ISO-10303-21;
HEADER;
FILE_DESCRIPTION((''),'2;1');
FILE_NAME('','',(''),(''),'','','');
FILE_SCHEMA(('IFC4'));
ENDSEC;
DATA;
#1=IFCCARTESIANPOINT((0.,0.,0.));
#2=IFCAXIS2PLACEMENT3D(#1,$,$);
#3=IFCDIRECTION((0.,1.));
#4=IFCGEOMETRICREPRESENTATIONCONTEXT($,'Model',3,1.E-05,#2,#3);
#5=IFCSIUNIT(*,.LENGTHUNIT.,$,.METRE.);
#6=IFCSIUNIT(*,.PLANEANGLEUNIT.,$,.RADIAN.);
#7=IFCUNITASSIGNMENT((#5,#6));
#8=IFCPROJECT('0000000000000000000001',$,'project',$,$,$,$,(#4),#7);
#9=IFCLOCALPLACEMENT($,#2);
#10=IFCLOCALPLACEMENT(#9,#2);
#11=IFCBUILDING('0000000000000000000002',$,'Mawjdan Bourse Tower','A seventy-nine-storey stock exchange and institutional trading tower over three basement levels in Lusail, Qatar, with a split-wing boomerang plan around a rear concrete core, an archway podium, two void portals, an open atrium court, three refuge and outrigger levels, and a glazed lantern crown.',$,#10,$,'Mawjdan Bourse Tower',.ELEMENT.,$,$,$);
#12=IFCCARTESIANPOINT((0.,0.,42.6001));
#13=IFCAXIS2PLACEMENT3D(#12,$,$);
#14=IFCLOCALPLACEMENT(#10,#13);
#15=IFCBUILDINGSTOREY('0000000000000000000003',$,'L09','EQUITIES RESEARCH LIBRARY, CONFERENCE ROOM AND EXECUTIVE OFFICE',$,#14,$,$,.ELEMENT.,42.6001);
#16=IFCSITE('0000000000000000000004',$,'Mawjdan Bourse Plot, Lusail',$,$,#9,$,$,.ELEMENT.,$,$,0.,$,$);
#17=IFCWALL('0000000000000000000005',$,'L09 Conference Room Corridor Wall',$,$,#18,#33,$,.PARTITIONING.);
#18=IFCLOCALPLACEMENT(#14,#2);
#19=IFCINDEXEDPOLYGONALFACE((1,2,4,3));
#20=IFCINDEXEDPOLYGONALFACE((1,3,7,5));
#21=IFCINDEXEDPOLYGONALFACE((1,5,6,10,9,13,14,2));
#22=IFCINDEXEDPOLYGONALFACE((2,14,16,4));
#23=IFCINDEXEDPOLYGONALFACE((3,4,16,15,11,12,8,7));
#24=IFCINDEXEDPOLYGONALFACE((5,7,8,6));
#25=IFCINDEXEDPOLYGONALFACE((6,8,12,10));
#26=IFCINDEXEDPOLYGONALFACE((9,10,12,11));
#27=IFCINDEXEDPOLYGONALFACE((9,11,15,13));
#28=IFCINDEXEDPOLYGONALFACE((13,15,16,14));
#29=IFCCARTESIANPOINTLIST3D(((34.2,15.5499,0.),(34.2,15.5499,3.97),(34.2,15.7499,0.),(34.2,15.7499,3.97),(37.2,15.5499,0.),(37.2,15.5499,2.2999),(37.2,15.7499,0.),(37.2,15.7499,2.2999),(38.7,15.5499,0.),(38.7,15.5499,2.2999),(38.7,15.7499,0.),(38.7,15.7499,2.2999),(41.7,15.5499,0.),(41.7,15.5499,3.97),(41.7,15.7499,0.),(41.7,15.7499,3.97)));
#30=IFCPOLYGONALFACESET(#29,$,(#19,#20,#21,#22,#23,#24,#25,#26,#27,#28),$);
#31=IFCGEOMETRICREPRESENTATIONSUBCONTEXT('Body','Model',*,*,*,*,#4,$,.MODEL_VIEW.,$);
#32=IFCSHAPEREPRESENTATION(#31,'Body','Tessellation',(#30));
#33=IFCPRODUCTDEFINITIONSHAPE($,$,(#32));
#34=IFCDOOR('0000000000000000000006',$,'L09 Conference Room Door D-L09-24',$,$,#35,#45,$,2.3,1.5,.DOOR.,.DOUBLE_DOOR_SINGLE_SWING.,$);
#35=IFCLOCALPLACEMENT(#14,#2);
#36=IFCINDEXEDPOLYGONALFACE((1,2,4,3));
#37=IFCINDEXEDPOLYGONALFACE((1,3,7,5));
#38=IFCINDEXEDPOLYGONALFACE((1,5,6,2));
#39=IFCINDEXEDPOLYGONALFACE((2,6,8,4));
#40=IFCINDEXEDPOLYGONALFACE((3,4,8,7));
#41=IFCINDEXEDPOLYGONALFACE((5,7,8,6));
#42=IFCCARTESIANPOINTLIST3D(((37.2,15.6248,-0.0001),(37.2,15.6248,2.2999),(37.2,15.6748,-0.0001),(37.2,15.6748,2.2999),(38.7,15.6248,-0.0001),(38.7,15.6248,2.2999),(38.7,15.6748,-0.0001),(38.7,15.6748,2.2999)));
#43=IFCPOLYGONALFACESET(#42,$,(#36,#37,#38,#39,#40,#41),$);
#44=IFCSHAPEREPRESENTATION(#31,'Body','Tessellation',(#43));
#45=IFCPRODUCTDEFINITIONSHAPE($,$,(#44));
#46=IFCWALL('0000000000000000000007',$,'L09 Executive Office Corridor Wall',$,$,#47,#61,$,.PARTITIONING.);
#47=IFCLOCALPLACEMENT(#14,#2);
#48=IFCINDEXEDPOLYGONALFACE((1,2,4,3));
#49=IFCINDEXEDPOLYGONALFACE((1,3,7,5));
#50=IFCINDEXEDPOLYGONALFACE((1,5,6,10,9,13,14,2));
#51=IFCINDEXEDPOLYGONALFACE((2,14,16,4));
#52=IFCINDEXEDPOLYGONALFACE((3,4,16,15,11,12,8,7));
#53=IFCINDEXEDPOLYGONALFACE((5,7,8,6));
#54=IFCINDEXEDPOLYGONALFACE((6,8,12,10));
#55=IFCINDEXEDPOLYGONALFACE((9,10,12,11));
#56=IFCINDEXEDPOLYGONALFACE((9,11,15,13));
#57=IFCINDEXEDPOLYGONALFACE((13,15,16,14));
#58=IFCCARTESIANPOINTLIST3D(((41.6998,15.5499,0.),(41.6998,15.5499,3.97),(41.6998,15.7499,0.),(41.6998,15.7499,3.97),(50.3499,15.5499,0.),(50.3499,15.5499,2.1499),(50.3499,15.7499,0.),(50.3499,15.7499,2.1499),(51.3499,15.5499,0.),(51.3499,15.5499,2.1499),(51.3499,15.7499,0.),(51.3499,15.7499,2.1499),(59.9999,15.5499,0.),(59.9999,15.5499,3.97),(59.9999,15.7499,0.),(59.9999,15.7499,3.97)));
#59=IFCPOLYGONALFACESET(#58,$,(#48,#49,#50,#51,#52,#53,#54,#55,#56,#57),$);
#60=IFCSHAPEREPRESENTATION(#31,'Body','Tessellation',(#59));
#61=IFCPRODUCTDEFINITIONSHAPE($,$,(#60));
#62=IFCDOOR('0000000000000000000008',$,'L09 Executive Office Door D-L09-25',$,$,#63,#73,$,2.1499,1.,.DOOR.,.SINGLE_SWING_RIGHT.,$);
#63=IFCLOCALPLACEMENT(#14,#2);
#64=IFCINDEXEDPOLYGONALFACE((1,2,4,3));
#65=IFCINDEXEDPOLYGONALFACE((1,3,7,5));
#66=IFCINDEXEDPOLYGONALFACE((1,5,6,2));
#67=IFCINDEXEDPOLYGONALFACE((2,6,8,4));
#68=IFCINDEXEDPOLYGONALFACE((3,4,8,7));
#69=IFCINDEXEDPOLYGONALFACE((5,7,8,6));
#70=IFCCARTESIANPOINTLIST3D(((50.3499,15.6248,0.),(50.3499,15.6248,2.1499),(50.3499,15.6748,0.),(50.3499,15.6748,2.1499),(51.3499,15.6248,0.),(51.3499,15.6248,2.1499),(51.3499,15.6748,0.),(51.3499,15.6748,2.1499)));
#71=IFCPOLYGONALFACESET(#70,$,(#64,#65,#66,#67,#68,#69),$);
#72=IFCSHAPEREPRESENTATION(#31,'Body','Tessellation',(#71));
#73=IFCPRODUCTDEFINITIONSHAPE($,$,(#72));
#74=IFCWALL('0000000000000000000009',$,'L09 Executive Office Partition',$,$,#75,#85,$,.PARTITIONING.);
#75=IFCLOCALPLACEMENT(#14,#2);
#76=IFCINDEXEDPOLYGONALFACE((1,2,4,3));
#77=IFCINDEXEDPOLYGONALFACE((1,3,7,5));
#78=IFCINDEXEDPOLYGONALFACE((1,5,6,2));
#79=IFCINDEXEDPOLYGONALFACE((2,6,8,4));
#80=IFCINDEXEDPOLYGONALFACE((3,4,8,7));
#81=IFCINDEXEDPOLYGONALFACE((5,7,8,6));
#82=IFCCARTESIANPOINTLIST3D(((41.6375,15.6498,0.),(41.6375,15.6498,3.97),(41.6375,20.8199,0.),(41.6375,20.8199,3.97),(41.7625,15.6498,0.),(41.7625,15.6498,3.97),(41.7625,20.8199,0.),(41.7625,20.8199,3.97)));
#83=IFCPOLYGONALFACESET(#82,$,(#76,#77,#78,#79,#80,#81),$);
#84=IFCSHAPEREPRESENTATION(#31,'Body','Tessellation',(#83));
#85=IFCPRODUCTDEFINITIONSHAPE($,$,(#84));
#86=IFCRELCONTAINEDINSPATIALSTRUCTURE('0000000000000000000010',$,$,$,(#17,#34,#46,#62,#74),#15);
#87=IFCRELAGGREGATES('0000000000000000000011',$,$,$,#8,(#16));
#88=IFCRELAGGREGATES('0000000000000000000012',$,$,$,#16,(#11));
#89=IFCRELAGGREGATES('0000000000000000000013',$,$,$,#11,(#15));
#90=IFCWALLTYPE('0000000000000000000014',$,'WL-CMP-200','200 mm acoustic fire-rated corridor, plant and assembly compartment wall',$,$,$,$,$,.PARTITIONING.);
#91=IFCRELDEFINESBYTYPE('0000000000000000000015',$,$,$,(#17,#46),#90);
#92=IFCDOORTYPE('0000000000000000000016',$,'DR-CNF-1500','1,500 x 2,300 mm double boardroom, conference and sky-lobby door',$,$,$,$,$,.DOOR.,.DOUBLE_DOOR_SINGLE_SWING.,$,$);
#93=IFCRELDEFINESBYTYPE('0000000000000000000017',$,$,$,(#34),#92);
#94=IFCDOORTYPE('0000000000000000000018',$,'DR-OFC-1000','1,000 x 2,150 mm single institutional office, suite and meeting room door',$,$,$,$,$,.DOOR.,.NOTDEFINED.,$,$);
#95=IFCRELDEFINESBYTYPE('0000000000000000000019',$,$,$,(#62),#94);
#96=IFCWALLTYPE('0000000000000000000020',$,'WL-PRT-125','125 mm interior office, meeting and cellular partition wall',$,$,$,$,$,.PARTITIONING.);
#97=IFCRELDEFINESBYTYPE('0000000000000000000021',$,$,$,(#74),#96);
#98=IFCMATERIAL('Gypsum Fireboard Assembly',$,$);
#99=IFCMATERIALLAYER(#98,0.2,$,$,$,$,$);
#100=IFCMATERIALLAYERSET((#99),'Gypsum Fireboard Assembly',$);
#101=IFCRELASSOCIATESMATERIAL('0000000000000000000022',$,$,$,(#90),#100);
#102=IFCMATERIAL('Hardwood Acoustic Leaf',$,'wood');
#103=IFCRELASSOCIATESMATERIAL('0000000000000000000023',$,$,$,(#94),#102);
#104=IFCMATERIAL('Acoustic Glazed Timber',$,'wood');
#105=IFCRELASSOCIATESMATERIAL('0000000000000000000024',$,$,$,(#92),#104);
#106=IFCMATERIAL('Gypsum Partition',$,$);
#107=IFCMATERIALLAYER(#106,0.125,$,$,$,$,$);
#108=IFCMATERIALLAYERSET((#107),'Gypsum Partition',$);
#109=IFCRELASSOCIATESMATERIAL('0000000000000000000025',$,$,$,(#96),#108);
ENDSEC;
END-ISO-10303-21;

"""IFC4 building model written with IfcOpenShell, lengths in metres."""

from ifc_helpers import new_model, si_unit, direction, frame, frame_2d, origin, place, context, subcontext, project, spatial, rectangle, extrude, material, layer, layer_set, type_object, element, fill, save


model = new_model("IFC4")

# Units and contexts
model_context = context("Model", 3, precision=1e-05, world=origin(), true_north=direction((0.0, 1.0)))
body_context = subcontext(model_context, "Body", "Model", "MODEL_VIEW")
ifc_project = project(units=[si_unit("LENGTHUNIT", "METRE"), si_unit("PLANEANGLEUNIT", "RADIAN")], contexts=[model_context])

# Site, building, storey
site_placement = place(None, origin())
site = spatial("IfcSite", under=ifc_project, at=site_placement, Name="Mawjdan Bourse Plot, Lusail", CompositionType="ELEMENT", RefElevation=0.0)
building_placement = place(site_placement, origin())
building = spatial("IfcBuilding", under=site, at=building_placement, Name="Mawjdan Bourse Tower", Description="A seventy-nine-storey stock exchange and institutional trading tower over three basement levels in Lusail, Qatar, with a split-wing boomerang plan around a rear concrete core, an archway podium, two void portals, an open atrium court, three refuge and outrigger levels, and a glazed lantern crown.", LongName="Mawjdan Bourse Tower", CompositionType="ELEMENT")
storey_placement = place(building_placement, frame((0.0, 0.0, 42.6001)))
storey = spatial("IfcBuildingStorey", under=building, at=storey_placement, Name="L09", Description="EQUITIES RESEARCH LIBRARY, CONFERENCE ROOM AND EXECUTIVE OFFICE", CompositionType="ELEMENT", Elevation=42.6001)

# Walls, openings, doors
ifc_material_1 = material(Name="Gypsum Fireboard Assembly")
ifc_layer_1 = layer(ifc_material_1, 0.2)
ifc_layer_set_1 = layer_set([ifc_layer_1], Name="Gypsum Fireboard Assembly")
wall_type_1 = type_object("IfcWallType", Name="WL-CMP-200", Description="200 mm acoustic fire-rated corridor, plant and assembly compartment wall", PredefinedType="PARTITIONING", material=ifc_layer_set_1)
ifc_material_2 = material(Name="Hardwood Acoustic Leaf", Category="wood")
door_type_1 = type_object("IfcDoorType", Name="DR-OFC-1000", Description="1,000 x 2,150 mm single institutional office, suite and meeting room door", OperationType="NOTDEFINED", PredefinedType="DOOR", material=ifc_material_2)
wall_1_placement = place(storey_placement, frame((34.2, 15.6499, 0.0), z_axis=(0.0, 0.0, 1.0), x_axis=(1.0, 0.0, 0.0)))
wall_1 = element("IfcWall", 1, at=wall_1_placement, inside=storey, type_object=wall_type_1, Name="L09 Conference Room Corridor Wall", PredefinedType="PARTITIONING", context=body_context, shape_type="SweptSolid", body=[
    extrude(rectangle(XDim=7.5, YDim=0.2, at=frame_2d((3.75, 0.0))), origin(), (0.0, 0.0, 1.0), 3.97),
])
opening_1_placement = place(wall_1_placement, frame((3.0, 0.0, 0.0)))
opening_1 = element("IfcOpeningElement", 2, at=opening_1_placement, cuts=wall_1, PredefinedType="OPENING", context=body_context, shape_type="SweptSolid", body=[
    extrude(rectangle(XDim=1.5, YDim=2.3, at=frame_2d((0.75, 1.1499))), frame((0.0, 0.1099, 0.0), z_axis=(0.0, -1.0, 0.0), x_axis=(1.0, 0.0, 0.0)), (0.0, 0.0, 1.0), 0.22),
])
ifc_material_3 = material(Name="Acoustic Glazed Timber", Category="wood")
door_type_2 = type_object("IfcDoorType", Name="DR-CNF-1500", Description="1,500 x 2,300 mm double boardroom, conference and sky-lobby door", OperationType="DOUBLE_DOOR_SINGLE_SWING", PredefinedType="DOOR", material=ifc_material_3)
door_1_placement = place(opening_1_placement, origin())
door_1 = element("IfcDoor", 3, at=door_1_placement, inside=storey, type_object=door_type_2, Name="L09 Conference Room Door D-L09-24", OperationType="DOUBLE_DOOR_SINGLE_SWING", OverallHeight=2.3, OverallWidth=1.5, PredefinedType="DOOR", context=body_context, shape_type="SweptSolid", body=[
    extrude(rectangle(XDim=1.5, YDim=2.3, at=frame_2d((0.75, 1.1499))), frame((0.0, 0.0249, 0.0), z_axis=(0.0, -1.0, 0.0), x_axis=(1.0, 0.0, 0.0)), (0.0, 0.0, 1.0), 0.05),
])
fill(opening_1, door_1)
wall_2_placement = place(storey_placement, frame((41.7, 15.6499, 0.0), z_axis=(0.0, 0.0, 1.0), x_axis=(1.0, 0.0, 0.0)))
wall_2 = element("IfcWall", 4, at=wall_2_placement, inside=storey, type_object=wall_type_1, Name="L09 Executive Office Corridor Wall", PredefinedType="PARTITIONING", context=body_context, shape_type="SweptSolid", body=[
    extrude(rectangle(XDim=18.3, YDim=0.2, at=frame_2d((9.1499, 0.0))), origin(), (0.0, 0.0, 1.0), 3.97),
])
opening_2_placement = place(wall_2_placement, frame((8.6499, 0.0, 0.0)))
opening_2 = element("IfcOpeningElement", 5, at=opening_2_placement, cuts=wall_2, PredefinedType="OPENING", context=body_context, shape_type="SweptSolid", body=[
    extrude(rectangle(XDim=1.0, YDim=2.1499, at=frame_2d((0.5, 1.075))), frame((0.0, 0.1099, 0.0), z_axis=(0.0, -1.0, 0.0), x_axis=(1.0, 0.0, 0.0)), (0.0, 0.0, 1.0), 0.22),
])
door_2_placement = place(opening_2_placement, origin())
door_2 = element("IfcDoor", 6, at=door_2_placement, inside=storey, type_object=door_type_1, Name="L09 Executive Office Door D-L09-25", OperationType="SINGLE_SWING_RIGHT", OverallHeight=2.1499, OverallWidth=1.0, PredefinedType="DOOR", context=body_context, shape_type="SweptSolid", body=[
    extrude(rectangle(XDim=1.0, YDim=2.1499, at=frame_2d((0.5, 1.075))), frame((0.0, 0.0249, 0.0), z_axis=(0.0, -1.0, 0.0), x_axis=(1.0, 0.0, 0.0)), (0.0, 0.0, 1.0), 0.05),
])
fill(opening_2, door_2)

# Wall
ifc_material_4 = material(Name="Gypsum Partition")
ifc_layer_2 = layer(ifc_material_4, 0.125)
ifc_layer_set_2 = layer_set([ifc_layer_2], Name="Gypsum Partition")
wall_type_2 = type_object("IfcWallType", Name="WL-PRT-125", Description="125 mm interior office, meeting and cellular partition wall", PredefinedType="PARTITIONING", material=ifc_layer_set_2)
wall_3_placement = place(storey_placement, frame((41.7, 15.6499, 0.0), z_axis=(0.0, 0.0, 1.0), x_axis=(0.0, 1.0, 0.0)))
element("IfcWall", 7, at=wall_3_placement, inside=storey, type_object=wall_type_2, Name="L09 Executive Office Partition", PredefinedType="PARTITIONING", context=body_context, shape_type="SweptSolid", body=[
    extrude(rectangle(XDim=5.1702, YDim=0.125, at=frame_2d((2.585, 0.0))), origin(), (0.0, 0.0, 1.0), 3.97),
])

save(model, "model.ifc")
